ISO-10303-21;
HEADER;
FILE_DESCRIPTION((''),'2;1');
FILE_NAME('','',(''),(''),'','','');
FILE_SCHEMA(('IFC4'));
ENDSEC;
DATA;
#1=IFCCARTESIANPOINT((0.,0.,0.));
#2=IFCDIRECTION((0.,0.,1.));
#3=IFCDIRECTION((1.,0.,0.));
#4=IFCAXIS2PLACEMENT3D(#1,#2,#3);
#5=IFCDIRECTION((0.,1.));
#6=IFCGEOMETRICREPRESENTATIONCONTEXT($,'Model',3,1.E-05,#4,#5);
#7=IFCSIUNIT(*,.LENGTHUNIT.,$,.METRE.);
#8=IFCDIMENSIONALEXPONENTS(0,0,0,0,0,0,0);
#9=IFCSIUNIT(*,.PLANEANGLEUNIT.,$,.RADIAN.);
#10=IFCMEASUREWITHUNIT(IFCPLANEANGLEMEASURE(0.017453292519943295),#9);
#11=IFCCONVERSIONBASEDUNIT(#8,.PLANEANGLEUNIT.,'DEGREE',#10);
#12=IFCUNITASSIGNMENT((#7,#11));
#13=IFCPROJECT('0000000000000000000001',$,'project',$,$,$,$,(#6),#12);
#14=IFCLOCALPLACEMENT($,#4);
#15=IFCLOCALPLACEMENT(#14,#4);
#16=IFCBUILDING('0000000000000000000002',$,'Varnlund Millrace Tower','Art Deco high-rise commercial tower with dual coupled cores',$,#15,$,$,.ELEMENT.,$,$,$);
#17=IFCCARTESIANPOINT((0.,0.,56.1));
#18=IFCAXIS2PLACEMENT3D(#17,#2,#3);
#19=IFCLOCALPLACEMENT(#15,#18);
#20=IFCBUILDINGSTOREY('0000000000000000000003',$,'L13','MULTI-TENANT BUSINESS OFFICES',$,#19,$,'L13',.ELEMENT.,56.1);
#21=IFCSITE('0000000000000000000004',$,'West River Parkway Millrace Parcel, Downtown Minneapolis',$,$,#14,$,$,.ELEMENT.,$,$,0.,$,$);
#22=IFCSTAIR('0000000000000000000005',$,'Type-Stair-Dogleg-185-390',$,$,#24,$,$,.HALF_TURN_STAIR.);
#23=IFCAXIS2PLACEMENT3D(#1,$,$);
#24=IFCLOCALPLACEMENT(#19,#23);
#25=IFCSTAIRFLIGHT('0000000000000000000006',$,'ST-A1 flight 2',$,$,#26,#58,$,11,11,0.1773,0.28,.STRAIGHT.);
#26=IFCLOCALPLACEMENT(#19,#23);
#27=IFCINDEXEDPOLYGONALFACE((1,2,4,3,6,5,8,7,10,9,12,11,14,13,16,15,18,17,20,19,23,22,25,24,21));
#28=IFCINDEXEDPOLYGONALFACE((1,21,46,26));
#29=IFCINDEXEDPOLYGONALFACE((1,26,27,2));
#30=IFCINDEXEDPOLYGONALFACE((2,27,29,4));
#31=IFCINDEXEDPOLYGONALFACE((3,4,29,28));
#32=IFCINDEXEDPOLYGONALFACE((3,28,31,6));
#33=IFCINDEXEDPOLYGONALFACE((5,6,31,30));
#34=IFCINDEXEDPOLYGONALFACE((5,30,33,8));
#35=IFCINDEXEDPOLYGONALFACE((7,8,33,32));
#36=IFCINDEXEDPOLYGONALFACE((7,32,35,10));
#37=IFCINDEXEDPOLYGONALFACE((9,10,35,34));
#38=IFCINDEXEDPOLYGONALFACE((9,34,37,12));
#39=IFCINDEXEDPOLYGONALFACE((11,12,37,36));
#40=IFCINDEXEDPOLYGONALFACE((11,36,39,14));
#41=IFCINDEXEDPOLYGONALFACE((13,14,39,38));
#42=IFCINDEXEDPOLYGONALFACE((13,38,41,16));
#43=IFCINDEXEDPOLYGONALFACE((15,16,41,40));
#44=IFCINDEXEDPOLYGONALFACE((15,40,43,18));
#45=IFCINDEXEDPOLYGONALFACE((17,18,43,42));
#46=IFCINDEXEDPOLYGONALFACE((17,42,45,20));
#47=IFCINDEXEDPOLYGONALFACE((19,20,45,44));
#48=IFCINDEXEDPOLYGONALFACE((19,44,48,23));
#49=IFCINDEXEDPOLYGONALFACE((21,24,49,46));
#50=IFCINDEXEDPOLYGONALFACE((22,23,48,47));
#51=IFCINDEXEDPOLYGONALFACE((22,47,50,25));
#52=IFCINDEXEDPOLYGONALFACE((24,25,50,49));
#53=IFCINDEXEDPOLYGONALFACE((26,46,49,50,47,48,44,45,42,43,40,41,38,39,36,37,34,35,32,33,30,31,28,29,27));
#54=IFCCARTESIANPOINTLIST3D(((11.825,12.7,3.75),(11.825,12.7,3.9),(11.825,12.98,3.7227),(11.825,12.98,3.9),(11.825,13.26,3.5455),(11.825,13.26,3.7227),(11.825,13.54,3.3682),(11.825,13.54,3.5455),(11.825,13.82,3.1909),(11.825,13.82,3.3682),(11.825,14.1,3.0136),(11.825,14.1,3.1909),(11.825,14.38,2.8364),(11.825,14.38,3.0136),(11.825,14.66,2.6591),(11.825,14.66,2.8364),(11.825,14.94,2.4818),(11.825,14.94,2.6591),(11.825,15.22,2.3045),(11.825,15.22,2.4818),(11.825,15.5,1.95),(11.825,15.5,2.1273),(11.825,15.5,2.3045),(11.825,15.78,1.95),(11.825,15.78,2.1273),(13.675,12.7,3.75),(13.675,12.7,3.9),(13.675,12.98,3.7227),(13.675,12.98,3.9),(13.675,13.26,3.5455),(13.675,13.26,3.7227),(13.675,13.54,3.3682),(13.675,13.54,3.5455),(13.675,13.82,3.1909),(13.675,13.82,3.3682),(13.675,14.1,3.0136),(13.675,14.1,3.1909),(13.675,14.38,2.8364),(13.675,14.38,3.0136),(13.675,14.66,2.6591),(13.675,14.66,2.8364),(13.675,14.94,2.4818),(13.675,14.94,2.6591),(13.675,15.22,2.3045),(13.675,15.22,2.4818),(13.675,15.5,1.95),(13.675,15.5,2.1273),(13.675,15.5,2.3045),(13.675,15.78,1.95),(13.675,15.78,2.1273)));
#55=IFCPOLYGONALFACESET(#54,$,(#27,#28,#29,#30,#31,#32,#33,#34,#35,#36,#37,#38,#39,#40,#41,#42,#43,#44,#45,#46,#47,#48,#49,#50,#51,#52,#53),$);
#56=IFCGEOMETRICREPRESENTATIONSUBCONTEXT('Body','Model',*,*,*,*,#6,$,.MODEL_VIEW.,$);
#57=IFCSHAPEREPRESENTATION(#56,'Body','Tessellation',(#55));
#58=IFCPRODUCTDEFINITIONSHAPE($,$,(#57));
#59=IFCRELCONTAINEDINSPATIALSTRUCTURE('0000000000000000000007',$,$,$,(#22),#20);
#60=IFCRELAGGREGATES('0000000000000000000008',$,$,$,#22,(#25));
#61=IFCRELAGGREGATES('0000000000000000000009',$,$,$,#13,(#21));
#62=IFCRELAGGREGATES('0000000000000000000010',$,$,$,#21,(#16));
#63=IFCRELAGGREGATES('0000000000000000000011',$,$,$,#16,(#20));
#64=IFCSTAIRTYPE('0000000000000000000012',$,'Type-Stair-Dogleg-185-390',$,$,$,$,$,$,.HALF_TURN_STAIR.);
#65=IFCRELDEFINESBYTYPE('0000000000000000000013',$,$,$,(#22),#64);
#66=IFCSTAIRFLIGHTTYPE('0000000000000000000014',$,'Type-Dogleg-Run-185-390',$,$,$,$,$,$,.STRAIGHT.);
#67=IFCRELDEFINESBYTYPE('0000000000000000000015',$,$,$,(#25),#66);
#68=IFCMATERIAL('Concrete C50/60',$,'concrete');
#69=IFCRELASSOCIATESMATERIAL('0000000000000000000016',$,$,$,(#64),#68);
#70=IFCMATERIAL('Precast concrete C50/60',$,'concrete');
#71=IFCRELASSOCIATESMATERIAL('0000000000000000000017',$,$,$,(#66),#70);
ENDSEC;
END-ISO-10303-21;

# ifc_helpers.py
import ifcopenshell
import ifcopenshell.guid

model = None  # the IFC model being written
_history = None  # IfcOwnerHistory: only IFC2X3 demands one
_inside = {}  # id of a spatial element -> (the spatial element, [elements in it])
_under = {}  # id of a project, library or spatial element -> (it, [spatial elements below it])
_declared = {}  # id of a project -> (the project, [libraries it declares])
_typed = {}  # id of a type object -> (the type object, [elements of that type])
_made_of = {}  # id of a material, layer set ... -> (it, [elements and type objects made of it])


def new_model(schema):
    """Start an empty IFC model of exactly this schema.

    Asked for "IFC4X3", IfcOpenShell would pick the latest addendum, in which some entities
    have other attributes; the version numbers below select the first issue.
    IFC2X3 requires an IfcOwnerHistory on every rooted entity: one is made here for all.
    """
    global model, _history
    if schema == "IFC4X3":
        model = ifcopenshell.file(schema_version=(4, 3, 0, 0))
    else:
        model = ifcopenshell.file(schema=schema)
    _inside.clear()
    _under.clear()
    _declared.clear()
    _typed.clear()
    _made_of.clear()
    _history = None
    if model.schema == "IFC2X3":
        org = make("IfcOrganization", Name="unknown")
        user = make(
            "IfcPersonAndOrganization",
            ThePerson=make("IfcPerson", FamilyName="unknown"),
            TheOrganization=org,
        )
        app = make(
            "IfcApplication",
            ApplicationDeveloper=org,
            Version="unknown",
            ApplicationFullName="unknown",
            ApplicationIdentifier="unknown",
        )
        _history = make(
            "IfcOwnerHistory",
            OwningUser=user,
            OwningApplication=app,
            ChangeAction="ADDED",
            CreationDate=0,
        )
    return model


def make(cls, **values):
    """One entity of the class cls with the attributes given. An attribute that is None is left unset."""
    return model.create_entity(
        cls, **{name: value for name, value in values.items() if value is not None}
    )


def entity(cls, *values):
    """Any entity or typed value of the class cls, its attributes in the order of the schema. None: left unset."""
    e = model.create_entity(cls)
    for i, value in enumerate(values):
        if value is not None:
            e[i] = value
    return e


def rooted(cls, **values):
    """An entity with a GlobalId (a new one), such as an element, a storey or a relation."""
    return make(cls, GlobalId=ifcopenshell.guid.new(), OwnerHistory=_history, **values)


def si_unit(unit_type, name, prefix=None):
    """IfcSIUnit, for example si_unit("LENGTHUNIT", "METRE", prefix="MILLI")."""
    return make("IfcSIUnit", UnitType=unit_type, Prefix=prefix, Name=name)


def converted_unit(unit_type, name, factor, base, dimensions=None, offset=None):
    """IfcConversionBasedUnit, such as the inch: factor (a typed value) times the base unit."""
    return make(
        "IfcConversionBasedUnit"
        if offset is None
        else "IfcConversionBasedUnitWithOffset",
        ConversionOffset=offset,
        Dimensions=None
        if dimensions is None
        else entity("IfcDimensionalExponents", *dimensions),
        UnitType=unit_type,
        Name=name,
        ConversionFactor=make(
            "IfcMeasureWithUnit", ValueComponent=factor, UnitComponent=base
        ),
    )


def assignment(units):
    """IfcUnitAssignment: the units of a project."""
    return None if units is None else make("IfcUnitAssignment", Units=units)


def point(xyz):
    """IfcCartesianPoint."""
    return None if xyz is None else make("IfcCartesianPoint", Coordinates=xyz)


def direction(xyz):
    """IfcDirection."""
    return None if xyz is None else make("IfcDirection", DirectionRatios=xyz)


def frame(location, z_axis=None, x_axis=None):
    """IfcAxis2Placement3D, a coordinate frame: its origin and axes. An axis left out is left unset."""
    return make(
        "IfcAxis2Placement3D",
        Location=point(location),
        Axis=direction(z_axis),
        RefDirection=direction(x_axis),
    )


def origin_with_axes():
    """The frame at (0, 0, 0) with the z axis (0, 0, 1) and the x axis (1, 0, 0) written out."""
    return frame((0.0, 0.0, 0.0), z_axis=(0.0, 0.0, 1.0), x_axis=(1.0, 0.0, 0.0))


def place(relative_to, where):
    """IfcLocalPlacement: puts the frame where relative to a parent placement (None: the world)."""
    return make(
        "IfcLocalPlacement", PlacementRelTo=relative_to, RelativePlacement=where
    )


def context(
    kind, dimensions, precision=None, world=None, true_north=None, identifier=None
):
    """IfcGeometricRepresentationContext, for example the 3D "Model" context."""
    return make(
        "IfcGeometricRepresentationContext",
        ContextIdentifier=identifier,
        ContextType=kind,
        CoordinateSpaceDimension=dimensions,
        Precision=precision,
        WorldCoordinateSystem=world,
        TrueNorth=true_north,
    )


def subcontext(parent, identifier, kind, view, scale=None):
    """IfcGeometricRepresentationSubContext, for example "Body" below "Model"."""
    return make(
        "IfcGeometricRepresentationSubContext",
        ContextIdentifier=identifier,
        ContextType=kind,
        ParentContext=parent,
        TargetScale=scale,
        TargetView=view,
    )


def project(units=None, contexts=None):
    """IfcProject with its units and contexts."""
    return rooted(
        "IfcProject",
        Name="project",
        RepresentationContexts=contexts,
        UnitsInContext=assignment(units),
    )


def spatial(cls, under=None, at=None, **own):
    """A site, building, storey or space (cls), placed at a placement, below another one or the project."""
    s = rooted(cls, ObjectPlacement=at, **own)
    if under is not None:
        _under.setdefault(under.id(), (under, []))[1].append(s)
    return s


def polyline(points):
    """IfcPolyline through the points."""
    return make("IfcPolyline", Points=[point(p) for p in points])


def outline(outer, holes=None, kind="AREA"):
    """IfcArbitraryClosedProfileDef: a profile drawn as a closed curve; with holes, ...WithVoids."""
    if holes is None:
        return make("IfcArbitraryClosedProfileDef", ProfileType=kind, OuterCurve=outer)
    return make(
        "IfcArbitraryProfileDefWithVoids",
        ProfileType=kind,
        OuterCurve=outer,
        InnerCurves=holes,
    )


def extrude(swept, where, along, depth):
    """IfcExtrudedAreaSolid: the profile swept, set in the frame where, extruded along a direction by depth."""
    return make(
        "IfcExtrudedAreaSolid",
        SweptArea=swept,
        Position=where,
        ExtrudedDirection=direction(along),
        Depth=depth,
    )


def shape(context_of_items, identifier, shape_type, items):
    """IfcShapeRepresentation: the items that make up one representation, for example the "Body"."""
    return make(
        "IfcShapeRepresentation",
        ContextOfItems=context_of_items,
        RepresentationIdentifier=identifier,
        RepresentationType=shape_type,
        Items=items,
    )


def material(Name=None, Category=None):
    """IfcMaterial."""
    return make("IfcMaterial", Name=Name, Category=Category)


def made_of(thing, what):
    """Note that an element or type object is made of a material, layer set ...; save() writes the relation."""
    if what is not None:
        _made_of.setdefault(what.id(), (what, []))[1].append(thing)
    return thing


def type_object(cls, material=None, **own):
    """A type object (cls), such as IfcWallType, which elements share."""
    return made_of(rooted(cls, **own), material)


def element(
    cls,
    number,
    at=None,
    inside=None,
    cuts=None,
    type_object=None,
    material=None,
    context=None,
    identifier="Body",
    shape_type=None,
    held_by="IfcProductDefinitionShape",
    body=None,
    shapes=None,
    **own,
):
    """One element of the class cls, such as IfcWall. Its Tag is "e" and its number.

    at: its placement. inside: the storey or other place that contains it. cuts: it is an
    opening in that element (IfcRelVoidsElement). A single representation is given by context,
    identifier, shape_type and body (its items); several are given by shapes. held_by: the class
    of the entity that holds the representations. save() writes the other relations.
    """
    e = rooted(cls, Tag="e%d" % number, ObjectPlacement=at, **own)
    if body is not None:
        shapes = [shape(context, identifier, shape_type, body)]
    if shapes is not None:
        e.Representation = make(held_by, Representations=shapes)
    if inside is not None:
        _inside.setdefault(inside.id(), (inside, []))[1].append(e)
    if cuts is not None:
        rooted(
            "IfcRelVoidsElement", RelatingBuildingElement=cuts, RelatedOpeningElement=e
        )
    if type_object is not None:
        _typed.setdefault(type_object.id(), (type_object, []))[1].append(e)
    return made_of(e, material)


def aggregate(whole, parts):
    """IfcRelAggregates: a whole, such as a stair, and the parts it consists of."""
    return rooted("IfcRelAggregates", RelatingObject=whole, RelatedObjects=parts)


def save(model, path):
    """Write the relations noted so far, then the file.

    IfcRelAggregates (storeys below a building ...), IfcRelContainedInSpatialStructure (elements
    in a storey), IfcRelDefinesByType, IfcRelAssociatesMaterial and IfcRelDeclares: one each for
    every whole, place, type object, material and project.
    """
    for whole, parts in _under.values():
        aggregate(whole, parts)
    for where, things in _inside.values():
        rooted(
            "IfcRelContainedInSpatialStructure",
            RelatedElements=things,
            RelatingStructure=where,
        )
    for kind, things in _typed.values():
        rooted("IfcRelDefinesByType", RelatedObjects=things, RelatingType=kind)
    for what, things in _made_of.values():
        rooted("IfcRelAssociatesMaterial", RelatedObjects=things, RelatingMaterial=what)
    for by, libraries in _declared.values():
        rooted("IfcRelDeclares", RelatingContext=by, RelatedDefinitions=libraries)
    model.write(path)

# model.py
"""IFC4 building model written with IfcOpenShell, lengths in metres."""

from ifc_helpers import new_model, entity, si_unit, converted_unit, direction, frame, origin_with_axes, place, context, subcontext, project, spatial, polyline, outline, extrude, material, type_object, element, aggregate, save


model = new_model("IFC4")

# Units and contexts
model_context = context("Model", 3, precision=1e-05, world=origin_with_axes(), true_north=direction((0.0, 1.0)))
body_context = subcontext(model_context, "Body", "Model", "MODEL_VIEW")
ifc_project = project(units=[si_unit("LENGTHUNIT", "METRE"), converted_unit("PLANEANGLEUNIT", "DEGREE", entity("IfcPlaneAngleMeasure", 0.017453292519943295), si_unit("PLANEANGLEUNIT", "RADIAN"), dimensions=[0, 0, 0, 0, 0, 0, 0])], contexts=[model_context])

# Site, building, storey
site_placement = place(None, origin_with_axes())
site = spatial("IfcSite", under=ifc_project, at=site_placement, Name="West River Parkway Millrace Parcel, Downtown Minneapolis", CompositionType="ELEMENT", RefElevation=0.0)
building_placement = place(site_placement, origin_with_axes())
building = spatial("IfcBuilding", under=site, at=building_placement, Name="Varnlund Millrace Tower", Description="Art Deco high-rise commercial tower with dual coupled cores", CompositionType="ELEMENT")
storey_placement = place(building_placement, frame((0.0, 0.0, 56.1), z_axis=(0.0, 0.0, 1.0), x_axis=(1.0, 0.0, 0.0)))
storey = spatial("IfcBuildingStorey", under=building, at=storey_placement, Name="L13", Description="MULTI-TENANT BUSINESS OFFICES", LongName="L13", CompositionType="ELEMENT", Elevation=56.1)

# Stair
ifc_material_1 = material(Name="Concrete C50/60", Category="concrete")
stair_type_1 = type_object("IfcStairType", Name="Type-Stair-Dogleg-185-390", PredefinedType="HALF_TURN_STAIR", material=ifc_material_1)
stair_1_placement = place(storey_placement, origin_with_axes())
stair_1 = element("IfcStair", 1, at=stair_1_placement, inside=storey, type_object=stair_type_1, Name="Type-Stair-Dogleg-185-390", PredefinedType="HALF_TURN_STAIR")

# Stair flight
ifc_material_2 = material(Name="Precast concrete C50/60", Category="concrete")
stair_flight_type = type_object("IfcStairFlightType", Name="Type-Dogleg-Run-185-390", PredefinedType="STRAIGHT", material=ifc_material_2)
stair_flight_1_placement = place(storey_placement, frame((13.675, 15.78, 1.95), z_axis=(-1.0, 0.0, 0.0), x_axis=(0.0, -1.0, 0.0)))
stair_flight_1 = element("IfcStairFlight", 2, at=stair_flight_1_placement, type_object=stair_flight_type, Name="ST-A1 flight 2", NumberOfRisers=11, NumberOfTreads=11, PredefinedType="STRAIGHT", RiserHeight=0.1773, TreadLength=0.28, context=body_context, shape_type="SweptSolid", body=[
    extrude(outline(polyline([(0.0, 0.0), (0.0, 0.1773), (0.28, 0.1773), (0.28, 0.3545), (0.56, 0.3545), (0.56, 0.5318), (0.84, 0.5318), (0.84, 0.7091), (1.12, 0.7091), (1.12, 0.8864), (1.4, 0.8864), (1.4, 1.0636), (1.68, 1.0636), (1.68, 1.2409), (1.96, 1.2409), (1.96, 1.4182), (2.24, 1.4182), (2.24, 1.5955), (2.52, 1.5955), (2.52, 1.7727), (2.8, 1.7727), (2.8, 1.95), (3.08, 1.95), (3.08, 1.8), (0.28, 0.0), (0.0, 0.0)])), origin_with_axes(), (0.0, 0.0, 1.0), 1.85),
])
aggregate(stair_1, [stair_flight_1])

save(model, "model.ifc")
